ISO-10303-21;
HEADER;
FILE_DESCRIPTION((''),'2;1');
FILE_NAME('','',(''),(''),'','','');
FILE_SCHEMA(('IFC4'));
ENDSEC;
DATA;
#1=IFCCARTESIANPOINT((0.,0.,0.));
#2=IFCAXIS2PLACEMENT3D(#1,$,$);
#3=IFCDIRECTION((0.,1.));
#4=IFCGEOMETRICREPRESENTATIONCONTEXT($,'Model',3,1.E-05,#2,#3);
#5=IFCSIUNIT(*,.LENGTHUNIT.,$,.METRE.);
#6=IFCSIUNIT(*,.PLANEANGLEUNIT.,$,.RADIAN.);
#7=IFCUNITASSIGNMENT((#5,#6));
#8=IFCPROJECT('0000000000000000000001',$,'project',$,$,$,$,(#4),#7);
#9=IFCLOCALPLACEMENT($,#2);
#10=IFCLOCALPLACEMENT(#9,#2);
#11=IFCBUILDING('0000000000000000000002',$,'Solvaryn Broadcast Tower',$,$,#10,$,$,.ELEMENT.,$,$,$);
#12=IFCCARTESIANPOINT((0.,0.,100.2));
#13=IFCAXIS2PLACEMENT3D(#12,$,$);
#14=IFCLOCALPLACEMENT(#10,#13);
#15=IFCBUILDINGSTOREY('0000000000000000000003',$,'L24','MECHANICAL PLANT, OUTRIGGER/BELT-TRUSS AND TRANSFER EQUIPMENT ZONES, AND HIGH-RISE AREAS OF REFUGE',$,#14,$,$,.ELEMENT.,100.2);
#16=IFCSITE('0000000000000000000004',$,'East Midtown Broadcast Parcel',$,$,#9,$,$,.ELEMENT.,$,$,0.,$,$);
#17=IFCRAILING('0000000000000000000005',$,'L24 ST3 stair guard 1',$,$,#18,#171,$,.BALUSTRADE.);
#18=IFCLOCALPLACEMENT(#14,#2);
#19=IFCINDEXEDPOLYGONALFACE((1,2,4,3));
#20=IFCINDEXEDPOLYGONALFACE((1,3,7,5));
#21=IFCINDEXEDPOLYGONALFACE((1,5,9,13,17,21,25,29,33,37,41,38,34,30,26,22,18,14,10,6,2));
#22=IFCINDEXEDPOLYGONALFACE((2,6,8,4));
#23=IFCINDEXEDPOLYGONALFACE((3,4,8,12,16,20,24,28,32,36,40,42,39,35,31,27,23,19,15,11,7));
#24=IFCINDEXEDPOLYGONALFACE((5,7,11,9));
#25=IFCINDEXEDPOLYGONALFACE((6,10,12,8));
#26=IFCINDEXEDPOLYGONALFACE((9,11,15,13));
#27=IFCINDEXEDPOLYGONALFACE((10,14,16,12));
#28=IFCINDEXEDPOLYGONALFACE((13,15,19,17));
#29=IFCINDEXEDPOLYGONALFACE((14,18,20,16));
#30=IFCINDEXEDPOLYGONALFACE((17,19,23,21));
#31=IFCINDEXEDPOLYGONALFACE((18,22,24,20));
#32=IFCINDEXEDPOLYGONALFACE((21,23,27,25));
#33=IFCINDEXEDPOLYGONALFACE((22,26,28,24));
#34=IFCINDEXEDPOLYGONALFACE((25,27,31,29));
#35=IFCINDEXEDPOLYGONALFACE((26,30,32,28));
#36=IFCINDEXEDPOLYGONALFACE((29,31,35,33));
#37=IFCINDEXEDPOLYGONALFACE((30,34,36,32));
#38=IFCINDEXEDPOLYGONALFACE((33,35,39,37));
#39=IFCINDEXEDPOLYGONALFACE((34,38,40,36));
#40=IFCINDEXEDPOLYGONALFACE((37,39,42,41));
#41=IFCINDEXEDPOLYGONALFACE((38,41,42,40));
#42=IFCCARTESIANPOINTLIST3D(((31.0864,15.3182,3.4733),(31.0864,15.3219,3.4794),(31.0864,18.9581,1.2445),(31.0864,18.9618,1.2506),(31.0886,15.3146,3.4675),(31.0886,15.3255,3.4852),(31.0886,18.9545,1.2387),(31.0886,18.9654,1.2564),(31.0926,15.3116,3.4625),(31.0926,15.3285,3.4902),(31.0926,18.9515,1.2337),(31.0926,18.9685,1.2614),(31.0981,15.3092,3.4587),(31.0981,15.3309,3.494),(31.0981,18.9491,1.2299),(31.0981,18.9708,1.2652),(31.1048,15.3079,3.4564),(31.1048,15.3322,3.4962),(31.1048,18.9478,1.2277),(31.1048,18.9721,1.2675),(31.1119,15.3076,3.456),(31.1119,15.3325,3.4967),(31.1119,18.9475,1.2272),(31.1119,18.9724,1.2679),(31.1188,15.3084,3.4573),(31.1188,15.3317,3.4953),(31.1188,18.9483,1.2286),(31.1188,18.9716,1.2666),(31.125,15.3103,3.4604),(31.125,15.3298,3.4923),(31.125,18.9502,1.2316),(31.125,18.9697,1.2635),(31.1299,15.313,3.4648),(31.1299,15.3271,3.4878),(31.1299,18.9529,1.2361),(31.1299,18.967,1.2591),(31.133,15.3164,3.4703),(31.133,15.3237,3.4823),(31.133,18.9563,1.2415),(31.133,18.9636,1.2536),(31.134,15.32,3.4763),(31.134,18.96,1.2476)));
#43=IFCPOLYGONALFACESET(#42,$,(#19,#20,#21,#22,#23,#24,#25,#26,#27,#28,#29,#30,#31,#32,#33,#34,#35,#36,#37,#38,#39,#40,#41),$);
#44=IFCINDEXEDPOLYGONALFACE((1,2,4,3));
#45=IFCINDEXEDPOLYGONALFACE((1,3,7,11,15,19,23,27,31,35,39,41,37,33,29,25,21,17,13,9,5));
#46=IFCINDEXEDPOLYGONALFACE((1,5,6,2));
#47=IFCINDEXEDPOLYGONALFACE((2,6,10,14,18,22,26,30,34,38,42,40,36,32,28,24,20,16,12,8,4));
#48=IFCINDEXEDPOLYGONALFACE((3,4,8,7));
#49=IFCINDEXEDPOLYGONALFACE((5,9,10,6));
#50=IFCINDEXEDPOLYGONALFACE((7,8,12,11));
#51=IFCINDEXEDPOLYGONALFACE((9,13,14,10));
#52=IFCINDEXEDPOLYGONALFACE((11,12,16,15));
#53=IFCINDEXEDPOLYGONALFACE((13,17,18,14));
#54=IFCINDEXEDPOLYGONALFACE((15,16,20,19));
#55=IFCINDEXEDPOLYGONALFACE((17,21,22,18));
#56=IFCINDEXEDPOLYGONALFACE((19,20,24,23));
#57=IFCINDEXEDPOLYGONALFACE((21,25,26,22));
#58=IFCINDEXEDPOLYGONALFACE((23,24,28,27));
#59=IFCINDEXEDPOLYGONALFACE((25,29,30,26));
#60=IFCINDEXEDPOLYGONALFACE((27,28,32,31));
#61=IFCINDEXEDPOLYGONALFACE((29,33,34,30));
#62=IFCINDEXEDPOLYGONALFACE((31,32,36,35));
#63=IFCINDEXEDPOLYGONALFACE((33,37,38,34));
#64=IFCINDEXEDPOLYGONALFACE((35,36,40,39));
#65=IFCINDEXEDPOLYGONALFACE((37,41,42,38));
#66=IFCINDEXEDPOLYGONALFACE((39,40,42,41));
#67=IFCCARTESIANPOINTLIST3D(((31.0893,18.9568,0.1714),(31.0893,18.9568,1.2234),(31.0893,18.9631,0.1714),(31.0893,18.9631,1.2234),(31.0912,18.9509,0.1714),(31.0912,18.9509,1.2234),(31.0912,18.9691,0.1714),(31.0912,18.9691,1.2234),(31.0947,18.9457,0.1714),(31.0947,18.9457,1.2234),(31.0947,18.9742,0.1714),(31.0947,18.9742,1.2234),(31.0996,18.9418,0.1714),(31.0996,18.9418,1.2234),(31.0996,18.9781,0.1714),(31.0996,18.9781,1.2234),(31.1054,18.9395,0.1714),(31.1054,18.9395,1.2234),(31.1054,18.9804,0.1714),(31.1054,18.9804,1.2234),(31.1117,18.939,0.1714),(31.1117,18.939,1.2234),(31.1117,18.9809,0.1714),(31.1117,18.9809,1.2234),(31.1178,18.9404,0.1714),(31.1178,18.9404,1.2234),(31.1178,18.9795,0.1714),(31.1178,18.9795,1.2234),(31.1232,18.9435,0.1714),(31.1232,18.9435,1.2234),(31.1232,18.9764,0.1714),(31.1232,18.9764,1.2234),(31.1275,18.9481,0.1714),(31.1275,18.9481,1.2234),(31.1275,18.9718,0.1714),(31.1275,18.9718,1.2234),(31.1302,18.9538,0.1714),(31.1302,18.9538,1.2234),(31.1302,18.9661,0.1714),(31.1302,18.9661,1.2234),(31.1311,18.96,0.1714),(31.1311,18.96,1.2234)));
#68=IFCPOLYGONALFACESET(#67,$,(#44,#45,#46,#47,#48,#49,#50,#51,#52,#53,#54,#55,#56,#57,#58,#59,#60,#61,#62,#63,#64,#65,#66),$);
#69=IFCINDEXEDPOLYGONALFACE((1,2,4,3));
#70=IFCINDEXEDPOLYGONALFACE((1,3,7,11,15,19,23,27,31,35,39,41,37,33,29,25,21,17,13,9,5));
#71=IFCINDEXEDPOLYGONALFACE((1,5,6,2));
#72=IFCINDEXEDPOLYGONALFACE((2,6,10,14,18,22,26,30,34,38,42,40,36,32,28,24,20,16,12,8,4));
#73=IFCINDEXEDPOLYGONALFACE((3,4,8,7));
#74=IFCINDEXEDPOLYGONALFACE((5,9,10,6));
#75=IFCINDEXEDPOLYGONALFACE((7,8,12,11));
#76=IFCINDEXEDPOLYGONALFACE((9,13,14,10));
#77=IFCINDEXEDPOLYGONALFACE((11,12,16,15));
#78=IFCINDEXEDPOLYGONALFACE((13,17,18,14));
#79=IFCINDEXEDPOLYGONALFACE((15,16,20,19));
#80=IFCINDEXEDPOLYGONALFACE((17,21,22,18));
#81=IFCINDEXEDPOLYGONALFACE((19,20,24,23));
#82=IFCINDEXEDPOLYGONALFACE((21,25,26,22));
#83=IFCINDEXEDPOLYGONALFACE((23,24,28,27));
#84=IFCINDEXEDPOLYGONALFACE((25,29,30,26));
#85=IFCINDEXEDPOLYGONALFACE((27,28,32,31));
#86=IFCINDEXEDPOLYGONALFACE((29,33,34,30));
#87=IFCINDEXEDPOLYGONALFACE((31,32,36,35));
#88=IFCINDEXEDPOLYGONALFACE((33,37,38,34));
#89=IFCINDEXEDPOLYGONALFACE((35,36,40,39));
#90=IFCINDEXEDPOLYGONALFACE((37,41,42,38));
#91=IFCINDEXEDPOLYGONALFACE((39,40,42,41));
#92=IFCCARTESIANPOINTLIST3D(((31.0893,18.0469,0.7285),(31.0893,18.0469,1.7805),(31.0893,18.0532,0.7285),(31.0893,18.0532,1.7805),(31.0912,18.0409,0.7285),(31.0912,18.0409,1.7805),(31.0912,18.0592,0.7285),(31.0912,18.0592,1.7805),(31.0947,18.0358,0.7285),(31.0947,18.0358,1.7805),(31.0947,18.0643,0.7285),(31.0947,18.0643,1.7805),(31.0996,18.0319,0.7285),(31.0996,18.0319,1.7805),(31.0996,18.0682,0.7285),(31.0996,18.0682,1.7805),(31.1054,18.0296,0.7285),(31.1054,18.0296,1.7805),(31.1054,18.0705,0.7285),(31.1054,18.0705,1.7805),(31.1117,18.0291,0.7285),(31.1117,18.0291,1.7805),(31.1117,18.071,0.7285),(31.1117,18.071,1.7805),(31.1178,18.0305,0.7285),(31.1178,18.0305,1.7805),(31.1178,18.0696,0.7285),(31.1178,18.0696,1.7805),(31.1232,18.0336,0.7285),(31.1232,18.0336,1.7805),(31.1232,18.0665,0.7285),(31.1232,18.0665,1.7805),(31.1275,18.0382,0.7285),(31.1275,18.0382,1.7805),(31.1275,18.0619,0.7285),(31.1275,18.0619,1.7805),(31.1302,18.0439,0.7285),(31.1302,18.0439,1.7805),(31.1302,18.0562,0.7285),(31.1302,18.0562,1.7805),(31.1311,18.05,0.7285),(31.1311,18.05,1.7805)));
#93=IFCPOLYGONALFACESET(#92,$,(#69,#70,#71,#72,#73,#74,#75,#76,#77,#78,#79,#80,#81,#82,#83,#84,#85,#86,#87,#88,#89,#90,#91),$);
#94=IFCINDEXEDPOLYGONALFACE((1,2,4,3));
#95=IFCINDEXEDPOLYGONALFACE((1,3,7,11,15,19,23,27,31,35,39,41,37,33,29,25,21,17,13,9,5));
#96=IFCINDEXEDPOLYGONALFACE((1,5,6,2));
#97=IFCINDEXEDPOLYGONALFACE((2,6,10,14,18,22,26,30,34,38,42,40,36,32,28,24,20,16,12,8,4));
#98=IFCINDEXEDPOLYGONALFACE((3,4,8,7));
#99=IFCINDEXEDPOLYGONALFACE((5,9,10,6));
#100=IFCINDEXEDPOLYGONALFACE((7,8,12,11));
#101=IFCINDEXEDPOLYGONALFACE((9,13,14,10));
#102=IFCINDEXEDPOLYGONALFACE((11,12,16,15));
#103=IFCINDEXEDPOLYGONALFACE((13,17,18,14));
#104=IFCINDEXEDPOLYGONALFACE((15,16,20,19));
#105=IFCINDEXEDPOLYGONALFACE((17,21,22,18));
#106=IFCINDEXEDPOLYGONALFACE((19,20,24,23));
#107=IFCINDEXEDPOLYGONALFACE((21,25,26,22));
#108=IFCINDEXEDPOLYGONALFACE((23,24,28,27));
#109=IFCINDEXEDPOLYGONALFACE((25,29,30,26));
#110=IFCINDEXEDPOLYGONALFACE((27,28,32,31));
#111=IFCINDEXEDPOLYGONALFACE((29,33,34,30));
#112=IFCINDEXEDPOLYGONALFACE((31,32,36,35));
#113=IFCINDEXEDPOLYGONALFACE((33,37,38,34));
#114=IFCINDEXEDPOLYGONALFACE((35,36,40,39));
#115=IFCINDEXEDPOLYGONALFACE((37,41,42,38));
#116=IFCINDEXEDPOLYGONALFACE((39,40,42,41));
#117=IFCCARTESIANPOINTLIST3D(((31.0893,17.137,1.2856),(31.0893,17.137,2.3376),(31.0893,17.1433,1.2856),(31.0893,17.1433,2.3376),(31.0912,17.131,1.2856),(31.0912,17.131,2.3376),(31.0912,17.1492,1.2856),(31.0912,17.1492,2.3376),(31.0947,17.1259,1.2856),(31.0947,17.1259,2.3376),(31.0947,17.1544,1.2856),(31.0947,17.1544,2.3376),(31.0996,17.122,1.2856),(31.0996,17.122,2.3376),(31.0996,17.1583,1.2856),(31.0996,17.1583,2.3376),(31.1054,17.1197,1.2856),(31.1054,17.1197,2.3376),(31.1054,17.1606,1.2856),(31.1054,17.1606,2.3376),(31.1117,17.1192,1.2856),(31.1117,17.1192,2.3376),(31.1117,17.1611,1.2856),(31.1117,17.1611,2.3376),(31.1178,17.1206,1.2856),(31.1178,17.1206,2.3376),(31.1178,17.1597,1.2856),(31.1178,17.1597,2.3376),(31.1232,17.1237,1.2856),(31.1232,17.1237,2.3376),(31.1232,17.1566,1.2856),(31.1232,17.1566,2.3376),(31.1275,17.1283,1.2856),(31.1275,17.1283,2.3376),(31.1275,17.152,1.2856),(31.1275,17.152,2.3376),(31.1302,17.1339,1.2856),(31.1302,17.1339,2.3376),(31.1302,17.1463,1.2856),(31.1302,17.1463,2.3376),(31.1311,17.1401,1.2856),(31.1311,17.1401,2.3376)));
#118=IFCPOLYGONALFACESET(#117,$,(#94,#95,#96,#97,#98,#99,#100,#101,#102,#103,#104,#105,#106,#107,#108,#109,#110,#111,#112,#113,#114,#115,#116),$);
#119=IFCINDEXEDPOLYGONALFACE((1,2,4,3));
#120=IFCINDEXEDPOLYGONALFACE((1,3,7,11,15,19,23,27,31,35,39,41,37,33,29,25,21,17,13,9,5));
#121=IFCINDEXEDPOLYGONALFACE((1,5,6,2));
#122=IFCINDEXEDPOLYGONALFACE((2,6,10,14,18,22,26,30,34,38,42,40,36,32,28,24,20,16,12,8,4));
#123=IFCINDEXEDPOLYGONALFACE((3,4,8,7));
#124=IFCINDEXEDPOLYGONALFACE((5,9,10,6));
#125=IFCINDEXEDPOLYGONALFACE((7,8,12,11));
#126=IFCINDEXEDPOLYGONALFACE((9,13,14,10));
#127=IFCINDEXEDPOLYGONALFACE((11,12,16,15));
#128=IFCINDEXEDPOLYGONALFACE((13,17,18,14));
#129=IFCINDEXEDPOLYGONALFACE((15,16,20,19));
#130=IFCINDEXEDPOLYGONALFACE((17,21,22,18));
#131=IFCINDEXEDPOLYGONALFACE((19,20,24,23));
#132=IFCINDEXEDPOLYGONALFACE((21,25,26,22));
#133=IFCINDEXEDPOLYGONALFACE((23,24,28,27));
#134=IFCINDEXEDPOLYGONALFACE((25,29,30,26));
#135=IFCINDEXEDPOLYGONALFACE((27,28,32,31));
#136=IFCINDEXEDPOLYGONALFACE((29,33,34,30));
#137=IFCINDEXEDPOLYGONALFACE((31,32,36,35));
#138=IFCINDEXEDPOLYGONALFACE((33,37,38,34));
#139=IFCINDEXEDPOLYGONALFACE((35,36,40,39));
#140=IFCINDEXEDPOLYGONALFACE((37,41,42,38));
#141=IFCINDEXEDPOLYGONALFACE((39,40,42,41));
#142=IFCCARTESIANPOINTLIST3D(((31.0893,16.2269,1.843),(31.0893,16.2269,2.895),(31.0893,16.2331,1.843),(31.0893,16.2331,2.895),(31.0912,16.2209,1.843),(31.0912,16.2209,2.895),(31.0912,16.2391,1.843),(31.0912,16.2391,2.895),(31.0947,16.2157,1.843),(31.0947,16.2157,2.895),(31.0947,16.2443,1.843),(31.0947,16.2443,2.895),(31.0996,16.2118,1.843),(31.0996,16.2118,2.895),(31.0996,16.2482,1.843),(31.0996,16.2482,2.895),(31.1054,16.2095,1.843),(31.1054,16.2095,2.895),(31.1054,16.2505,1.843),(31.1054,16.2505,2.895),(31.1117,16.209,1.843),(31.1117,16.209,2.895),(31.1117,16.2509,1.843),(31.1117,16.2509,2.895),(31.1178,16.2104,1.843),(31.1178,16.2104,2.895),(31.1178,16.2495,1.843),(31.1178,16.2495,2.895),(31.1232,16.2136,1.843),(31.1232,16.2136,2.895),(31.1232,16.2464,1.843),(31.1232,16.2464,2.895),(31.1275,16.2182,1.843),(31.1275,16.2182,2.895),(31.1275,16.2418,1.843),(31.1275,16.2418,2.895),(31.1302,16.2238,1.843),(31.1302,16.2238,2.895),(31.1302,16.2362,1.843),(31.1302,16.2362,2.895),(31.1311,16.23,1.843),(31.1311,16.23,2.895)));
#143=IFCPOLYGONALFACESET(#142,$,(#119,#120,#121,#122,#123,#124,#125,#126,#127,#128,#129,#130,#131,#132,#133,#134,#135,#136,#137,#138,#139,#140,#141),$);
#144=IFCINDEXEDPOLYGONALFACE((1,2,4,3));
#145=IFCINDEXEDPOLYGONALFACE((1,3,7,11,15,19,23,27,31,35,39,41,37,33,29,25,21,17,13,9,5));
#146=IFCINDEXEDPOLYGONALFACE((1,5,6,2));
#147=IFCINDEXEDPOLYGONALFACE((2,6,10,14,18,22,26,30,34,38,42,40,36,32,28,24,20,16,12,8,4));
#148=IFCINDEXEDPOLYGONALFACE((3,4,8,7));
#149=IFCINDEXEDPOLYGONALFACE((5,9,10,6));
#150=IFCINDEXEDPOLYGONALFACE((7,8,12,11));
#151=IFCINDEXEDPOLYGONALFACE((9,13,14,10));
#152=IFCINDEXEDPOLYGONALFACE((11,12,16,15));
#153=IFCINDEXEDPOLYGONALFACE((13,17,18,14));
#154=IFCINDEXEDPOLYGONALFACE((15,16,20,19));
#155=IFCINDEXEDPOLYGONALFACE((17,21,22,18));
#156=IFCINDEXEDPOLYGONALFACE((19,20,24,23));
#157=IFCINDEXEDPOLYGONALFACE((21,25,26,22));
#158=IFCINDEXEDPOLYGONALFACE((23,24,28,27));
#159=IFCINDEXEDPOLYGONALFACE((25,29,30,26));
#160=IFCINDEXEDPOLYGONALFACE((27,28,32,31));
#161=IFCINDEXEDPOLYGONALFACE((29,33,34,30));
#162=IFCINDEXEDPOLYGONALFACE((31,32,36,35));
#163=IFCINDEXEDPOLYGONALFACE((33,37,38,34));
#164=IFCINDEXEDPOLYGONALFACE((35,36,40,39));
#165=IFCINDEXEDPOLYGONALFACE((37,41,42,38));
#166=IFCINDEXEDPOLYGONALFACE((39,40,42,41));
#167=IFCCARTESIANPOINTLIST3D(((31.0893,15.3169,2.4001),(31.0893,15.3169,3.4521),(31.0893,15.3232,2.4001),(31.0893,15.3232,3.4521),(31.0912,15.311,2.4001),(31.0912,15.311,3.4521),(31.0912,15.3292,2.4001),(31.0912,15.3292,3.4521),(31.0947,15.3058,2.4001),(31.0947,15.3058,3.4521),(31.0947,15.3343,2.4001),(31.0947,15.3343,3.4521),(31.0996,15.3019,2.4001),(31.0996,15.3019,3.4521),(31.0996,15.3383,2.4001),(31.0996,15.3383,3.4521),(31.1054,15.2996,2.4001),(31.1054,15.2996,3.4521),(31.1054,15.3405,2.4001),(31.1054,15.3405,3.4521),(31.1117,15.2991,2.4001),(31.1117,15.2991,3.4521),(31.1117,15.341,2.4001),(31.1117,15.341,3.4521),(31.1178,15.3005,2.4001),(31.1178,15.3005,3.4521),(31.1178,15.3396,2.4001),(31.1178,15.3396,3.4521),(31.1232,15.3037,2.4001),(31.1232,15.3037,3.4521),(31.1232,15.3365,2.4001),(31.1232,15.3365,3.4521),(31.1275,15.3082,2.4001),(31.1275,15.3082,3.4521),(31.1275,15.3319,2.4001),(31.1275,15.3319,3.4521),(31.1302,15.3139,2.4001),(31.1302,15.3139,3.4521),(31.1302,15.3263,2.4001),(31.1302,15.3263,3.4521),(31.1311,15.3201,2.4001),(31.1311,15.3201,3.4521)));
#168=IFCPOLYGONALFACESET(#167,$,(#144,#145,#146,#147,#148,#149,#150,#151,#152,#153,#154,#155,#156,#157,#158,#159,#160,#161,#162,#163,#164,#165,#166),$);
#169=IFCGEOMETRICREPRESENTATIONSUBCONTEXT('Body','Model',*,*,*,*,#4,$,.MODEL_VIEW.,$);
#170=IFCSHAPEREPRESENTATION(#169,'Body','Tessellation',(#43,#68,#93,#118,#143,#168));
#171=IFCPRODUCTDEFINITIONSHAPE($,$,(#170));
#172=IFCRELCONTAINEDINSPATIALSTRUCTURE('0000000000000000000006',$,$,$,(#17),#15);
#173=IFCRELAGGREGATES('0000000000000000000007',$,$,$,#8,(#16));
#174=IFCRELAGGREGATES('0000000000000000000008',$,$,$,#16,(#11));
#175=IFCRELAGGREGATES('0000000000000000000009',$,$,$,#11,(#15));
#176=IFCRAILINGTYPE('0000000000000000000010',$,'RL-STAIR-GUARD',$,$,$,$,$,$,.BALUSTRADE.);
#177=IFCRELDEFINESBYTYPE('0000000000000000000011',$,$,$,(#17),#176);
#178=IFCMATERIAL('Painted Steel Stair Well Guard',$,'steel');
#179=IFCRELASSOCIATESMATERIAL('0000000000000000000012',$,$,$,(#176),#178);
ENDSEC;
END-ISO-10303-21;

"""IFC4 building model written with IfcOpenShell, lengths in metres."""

from ifc_helpers import new_model, si_unit, direction, frame, origin, origin_2d, place, context, subcontext, project, spatial, circle, extrude, material, type_object, element, save


model = new_model("IFC4")

# Units and contexts
model_context = context("Model", 3, precision=1e-05, world=origin(), true_north=direction((0.0, 1.0)))
body_context = subcontext(model_context, "Body", "Model", "MODEL_VIEW")
ifc_project = project(units=[si_unit("LENGTHUNIT", "METRE"), si_unit("PLANEANGLEUNIT", "RADIAN")], contexts=[model_context])

# Site, building, storey
site_placement = place(None, origin())
site = spatial("IfcSite", under=ifc_project, at=site_placement, Name="East Midtown Broadcast Parcel", CompositionType="ELEMENT", RefElevation=0.0)
building_placement = place(site_placement, origin())
building = spatial("IfcBuilding", under=site, at=building_placement, Name="Solvaryn Broadcast Tower", CompositionType="ELEMENT")
storey_placement = place(building_placement, frame((0.0, 0.0, 100.2)))
storey = spatial("IfcBuildingStorey", under=building, at=storey_placement, Name="L24", Description="MECHANICAL PLANT, OUTRIGGER/BELT-TRUSS AND TRANSFER EQUIPMENT ZONES, AND HIGH-RISE AREAS OF REFUGE", CompositionType="ELEMENT", Elevation=100.2)

# Railing
ifc_material_1 = material(Name="Painted Steel Stair Well Guard", Category="steel")
railing_type_1 = type_object("IfcRailingType", Name="RL-STAIR-GUARD", PredefinedType="BALUSTRADE", material=ifc_material_1)
railing_1_placement = place(storey_placement, frame((31.1101, 18.96, 0.1714)))
element("IfcRailing", 1, at=railing_1_placement, inside=storey, type_object=railing_type_1, Name="L24 ST3 stair guard 1", PredefinedType="BALUSTRADE", context=body_context, shape_type="SweptSolid", body=[
    extrude(circle(Radius=0.0239, at=origin_2d()), frame((0.0, 0.0, 1.0762), z_axis=(0.0, -0.852825, 0.522197), x_axis=(1.0, 0.0, 0.0)), (0.0, 0.0, 1.0), 4.2681),
    extrude(circle(Radius=0.021, at=origin_2d()), origin(), (0.0, 0.0, 1.0), 1.052),
    extrude(circle(Radius=0.021, at=origin_2d()), frame((0.0, -0.9099, 0.5571)), (0.0, 0.0, 1.0), 1.052),
    extrude(circle(Radius=0.021, at=origin_2d()), frame((0.0, -1.8198, 1.1143)), (0.0, 0.0, 1.0), 1.052),
    extrude(circle(Radius=0.021, at=origin_2d()), frame((0.0, -2.73, 1.6716)), (0.0, 0.0, 1.0), 1.052),
    extrude(circle(Radius=0.021, at=origin_2d()), frame((0.0, -3.6399, 2.2288)), (0.0, 0.0, 1.0), 1.052),
])

save(model, "model.ifc")
